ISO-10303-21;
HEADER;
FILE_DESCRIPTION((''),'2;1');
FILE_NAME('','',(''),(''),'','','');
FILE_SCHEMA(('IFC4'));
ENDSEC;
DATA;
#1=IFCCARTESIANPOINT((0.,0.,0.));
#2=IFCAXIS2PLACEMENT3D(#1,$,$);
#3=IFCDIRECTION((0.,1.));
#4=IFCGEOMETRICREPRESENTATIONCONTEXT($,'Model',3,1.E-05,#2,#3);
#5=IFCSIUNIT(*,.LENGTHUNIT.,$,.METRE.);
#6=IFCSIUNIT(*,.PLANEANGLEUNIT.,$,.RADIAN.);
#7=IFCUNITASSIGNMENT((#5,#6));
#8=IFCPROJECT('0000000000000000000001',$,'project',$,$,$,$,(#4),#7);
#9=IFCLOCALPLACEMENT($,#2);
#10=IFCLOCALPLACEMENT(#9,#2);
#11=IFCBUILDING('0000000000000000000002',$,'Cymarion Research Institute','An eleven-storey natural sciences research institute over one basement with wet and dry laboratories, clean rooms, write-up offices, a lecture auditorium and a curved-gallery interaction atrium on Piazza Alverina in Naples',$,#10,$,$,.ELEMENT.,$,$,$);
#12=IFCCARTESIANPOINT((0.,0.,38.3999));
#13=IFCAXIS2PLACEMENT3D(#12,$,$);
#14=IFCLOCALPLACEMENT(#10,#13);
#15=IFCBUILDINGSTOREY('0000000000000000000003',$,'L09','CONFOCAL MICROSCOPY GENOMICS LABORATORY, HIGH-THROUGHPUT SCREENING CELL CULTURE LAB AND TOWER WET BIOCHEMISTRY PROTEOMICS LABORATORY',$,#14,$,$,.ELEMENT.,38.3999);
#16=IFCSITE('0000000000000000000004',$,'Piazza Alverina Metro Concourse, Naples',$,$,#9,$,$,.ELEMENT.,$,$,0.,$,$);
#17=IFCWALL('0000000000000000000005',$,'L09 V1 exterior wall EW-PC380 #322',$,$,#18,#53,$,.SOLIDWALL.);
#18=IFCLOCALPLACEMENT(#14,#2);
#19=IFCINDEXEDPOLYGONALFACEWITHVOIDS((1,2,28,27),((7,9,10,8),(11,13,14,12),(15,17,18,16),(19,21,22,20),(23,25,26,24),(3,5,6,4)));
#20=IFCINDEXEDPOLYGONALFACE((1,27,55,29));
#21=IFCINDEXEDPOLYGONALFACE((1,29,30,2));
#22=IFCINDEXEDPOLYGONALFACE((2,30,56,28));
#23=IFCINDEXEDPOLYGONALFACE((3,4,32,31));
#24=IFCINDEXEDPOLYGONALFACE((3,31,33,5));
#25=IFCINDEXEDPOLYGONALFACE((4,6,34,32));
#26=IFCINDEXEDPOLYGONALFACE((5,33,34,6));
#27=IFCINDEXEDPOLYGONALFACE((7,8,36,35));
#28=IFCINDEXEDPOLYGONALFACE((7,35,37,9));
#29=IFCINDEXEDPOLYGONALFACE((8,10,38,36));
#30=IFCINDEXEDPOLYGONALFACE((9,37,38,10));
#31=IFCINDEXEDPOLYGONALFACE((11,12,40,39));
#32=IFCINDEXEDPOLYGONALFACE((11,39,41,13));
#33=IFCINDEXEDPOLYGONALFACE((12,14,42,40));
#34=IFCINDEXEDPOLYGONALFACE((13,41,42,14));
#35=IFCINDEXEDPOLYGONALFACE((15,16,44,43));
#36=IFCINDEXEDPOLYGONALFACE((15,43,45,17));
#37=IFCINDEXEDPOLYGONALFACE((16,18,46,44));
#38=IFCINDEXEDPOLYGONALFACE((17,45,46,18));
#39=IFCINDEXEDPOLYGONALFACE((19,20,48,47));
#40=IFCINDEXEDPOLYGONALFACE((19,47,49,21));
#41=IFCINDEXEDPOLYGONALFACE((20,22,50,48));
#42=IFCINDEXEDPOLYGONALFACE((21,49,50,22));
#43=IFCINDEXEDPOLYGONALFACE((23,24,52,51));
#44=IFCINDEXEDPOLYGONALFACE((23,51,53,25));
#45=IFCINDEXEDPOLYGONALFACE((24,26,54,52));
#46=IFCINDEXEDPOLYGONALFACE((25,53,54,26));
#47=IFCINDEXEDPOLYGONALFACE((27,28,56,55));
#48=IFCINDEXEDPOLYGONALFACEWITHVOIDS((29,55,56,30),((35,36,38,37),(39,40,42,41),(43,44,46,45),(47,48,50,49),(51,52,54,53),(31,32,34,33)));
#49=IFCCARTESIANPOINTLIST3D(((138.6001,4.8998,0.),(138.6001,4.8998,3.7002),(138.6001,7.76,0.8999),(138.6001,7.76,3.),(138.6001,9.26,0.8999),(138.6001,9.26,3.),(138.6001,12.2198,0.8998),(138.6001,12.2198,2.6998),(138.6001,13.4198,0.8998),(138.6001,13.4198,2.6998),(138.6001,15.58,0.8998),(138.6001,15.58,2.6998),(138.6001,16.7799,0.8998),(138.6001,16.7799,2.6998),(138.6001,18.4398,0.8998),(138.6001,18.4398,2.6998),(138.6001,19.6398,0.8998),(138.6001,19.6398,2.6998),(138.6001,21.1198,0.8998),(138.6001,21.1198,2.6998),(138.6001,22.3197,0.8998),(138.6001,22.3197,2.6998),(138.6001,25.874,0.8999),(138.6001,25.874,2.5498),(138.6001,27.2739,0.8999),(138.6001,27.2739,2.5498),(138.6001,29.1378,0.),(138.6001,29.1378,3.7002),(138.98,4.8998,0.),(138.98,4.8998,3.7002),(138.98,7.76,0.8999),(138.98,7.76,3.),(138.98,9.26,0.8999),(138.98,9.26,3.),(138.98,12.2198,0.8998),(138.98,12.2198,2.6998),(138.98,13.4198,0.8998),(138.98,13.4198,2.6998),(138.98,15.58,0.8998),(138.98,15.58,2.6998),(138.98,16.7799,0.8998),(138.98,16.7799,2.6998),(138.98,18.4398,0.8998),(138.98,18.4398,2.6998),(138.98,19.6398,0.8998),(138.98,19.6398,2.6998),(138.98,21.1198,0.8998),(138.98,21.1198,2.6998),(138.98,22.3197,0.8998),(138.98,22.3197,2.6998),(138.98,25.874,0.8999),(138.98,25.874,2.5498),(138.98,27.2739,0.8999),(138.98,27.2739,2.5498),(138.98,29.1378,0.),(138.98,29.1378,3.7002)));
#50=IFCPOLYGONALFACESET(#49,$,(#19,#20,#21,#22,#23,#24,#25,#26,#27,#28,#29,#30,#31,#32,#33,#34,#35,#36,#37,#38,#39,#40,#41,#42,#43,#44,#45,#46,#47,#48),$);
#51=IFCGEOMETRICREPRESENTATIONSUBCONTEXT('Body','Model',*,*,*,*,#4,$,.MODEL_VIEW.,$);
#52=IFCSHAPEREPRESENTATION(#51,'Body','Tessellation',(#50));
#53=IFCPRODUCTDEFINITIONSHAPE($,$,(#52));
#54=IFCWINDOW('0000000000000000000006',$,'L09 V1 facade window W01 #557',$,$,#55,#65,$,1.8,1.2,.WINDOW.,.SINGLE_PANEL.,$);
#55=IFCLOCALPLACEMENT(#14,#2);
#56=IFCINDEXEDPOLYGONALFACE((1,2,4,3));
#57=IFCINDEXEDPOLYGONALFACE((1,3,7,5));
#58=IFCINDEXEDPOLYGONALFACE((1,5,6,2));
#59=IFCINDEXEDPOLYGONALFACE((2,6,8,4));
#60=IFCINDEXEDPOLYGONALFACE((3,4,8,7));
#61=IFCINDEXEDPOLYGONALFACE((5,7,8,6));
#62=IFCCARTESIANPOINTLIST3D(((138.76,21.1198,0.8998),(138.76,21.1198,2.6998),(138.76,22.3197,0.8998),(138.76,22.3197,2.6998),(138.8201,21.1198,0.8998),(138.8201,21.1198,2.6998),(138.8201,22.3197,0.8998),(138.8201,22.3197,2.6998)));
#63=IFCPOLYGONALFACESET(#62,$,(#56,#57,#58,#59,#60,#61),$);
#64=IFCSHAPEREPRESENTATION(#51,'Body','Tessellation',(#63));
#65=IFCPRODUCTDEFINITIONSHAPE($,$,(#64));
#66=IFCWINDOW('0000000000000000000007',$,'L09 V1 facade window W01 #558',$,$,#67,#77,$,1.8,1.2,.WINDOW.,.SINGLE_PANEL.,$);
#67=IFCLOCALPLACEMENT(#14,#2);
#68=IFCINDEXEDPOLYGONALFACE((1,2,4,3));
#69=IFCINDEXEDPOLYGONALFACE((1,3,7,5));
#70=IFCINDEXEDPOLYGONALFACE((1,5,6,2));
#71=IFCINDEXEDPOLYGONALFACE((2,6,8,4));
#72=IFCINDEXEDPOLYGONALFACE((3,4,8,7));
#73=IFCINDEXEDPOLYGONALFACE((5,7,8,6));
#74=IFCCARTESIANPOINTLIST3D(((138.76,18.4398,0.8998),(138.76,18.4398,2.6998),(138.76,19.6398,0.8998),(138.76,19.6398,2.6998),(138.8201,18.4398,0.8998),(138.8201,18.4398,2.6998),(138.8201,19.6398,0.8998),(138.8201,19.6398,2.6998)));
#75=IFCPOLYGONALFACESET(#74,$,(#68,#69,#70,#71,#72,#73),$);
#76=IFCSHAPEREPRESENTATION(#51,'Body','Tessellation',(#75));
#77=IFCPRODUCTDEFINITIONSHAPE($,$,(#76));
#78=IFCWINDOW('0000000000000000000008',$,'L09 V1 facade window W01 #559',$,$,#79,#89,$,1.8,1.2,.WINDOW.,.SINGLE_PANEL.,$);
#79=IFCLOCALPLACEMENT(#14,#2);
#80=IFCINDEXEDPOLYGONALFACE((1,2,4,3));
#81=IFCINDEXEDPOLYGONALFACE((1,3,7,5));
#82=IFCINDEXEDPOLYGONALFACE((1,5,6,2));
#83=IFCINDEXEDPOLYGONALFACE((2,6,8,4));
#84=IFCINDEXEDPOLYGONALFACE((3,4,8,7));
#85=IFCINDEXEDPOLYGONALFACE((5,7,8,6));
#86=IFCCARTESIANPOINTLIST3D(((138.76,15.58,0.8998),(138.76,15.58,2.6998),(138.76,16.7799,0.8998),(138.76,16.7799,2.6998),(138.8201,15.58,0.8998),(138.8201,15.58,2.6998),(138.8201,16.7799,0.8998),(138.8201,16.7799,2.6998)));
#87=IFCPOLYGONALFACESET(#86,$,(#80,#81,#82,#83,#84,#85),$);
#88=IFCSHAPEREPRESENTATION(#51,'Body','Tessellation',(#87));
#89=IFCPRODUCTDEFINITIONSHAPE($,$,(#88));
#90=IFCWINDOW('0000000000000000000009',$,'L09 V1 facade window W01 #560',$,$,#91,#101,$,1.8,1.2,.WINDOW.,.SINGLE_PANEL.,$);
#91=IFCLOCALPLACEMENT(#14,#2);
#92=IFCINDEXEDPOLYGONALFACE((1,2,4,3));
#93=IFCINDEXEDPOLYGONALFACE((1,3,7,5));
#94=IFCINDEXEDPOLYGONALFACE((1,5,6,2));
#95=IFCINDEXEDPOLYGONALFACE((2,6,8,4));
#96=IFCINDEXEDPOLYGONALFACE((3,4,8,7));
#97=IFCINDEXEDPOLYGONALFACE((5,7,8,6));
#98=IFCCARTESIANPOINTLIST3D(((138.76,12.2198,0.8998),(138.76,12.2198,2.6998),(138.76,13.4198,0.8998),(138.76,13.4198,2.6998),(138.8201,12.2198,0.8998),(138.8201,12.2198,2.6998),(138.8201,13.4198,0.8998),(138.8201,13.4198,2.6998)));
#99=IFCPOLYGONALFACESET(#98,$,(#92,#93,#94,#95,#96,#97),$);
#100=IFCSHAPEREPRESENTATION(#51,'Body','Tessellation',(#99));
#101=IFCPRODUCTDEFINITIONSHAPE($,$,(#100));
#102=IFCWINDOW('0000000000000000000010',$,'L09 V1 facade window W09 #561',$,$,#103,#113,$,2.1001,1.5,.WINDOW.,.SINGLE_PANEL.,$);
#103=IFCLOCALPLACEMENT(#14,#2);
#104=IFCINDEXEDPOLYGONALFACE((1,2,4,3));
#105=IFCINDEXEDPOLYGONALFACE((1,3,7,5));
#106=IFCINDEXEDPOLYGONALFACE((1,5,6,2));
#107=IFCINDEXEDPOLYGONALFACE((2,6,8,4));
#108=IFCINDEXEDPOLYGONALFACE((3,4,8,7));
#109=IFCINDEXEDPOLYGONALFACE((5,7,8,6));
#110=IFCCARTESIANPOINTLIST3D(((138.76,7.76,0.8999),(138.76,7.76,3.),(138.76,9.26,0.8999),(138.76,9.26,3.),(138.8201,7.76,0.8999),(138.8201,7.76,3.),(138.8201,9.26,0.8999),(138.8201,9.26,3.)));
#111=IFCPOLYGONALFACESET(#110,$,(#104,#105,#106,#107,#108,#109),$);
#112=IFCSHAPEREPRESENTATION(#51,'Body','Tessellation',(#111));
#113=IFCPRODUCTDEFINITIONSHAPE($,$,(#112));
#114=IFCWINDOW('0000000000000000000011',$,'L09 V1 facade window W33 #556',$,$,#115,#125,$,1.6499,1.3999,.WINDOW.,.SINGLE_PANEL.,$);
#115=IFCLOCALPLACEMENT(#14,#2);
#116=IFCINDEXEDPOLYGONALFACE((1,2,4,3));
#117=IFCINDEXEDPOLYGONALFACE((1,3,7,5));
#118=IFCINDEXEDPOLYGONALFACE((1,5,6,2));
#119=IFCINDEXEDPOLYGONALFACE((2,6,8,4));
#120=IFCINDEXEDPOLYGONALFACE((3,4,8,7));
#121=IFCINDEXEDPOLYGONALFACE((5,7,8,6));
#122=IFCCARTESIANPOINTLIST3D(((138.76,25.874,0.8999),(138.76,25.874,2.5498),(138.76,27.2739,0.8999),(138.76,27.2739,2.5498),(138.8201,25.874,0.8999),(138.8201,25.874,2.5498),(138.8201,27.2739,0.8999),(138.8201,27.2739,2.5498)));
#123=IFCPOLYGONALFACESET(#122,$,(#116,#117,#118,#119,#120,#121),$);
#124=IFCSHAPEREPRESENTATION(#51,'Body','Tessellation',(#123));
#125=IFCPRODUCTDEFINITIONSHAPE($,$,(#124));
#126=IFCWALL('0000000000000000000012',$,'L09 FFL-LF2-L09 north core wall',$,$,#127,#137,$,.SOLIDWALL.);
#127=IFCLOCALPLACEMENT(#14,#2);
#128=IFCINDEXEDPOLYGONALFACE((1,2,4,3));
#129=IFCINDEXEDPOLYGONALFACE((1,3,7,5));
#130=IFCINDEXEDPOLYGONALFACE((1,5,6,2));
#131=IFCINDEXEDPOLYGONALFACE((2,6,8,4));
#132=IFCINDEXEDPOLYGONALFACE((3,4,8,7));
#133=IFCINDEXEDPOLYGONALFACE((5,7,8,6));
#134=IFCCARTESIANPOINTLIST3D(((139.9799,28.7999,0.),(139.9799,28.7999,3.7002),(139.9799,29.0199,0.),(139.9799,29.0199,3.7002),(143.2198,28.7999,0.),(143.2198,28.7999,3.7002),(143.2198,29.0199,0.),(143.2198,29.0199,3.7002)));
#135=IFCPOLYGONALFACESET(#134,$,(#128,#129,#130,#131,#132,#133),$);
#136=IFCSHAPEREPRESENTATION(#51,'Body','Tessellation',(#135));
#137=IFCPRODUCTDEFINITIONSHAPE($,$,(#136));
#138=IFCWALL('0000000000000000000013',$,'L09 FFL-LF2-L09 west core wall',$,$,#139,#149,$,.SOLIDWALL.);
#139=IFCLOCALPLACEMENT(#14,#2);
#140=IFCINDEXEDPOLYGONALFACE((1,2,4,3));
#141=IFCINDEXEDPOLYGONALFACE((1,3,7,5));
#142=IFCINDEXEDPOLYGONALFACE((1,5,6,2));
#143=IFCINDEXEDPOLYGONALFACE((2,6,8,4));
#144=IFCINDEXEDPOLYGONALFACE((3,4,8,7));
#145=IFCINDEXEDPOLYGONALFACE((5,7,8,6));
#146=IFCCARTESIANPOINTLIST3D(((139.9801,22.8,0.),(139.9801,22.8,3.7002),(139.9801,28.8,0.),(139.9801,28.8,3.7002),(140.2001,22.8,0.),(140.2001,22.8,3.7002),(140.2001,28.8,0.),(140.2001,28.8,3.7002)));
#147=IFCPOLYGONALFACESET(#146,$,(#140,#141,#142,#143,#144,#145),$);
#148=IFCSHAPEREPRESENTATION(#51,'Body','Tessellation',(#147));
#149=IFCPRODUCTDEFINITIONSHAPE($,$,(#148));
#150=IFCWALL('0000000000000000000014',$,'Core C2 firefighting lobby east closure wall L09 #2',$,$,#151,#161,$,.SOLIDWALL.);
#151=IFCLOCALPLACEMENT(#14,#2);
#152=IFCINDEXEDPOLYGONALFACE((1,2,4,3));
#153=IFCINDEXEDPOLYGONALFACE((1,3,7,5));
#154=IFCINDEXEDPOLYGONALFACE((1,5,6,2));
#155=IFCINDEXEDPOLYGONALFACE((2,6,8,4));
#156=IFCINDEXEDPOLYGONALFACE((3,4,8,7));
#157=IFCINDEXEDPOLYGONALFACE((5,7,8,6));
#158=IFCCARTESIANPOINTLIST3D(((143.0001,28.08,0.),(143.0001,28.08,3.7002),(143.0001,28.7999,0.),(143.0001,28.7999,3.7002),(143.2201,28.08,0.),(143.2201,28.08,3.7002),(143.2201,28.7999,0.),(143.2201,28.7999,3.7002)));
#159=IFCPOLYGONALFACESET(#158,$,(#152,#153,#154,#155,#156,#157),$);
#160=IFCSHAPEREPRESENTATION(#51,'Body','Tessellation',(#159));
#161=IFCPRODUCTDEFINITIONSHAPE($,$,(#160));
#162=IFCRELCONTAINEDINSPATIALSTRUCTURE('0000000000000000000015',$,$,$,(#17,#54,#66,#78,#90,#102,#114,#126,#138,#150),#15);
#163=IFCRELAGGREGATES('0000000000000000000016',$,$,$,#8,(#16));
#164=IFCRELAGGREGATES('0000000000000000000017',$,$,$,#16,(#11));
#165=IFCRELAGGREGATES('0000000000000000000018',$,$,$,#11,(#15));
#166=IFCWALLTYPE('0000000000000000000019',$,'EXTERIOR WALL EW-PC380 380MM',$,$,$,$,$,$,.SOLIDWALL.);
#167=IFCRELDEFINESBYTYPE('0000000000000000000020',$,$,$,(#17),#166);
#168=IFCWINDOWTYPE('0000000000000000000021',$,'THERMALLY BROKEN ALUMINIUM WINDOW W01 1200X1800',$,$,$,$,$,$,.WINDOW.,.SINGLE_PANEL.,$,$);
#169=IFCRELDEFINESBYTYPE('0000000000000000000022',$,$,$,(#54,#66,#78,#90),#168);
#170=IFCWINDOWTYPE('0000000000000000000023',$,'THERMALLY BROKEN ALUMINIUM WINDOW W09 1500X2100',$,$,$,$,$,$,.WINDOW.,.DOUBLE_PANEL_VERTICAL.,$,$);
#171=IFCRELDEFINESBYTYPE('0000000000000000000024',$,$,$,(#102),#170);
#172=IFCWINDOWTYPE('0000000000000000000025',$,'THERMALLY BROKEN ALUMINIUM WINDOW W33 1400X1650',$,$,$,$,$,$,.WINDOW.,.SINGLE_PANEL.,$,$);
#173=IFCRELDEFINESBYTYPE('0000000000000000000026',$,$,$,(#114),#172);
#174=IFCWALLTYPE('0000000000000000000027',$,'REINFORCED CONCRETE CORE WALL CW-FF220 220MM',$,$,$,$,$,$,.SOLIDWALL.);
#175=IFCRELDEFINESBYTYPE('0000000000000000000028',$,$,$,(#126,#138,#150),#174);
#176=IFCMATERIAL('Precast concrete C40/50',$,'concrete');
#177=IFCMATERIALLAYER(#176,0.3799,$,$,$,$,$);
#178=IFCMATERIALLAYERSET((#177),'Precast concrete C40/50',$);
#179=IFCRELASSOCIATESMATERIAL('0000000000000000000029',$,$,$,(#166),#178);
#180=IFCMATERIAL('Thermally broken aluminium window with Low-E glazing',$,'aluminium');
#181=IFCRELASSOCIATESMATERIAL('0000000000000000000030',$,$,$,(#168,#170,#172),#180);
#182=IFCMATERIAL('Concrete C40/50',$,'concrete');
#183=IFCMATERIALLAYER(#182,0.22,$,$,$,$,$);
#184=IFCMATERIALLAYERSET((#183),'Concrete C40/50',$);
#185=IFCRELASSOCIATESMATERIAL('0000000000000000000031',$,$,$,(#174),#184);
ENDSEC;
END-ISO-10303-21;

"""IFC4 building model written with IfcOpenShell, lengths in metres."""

from ifc_helpers import new_model, si_unit, direction, frame, frame_2d, origin, place, context, subcontext, project, spatial, rectangle, extrude, material, layer, layer_set, type_object, element, fill, save


model = new_model("IFC4")

# Units and contexts
model_context = context("Model", 3, precision=1e-05, world=origin(), true_north=direction((0.0, 1.0)))
body_context = subcontext(model_context, "Body", "Model", "MODEL_VIEW")
ifc_project = project(units=[si_unit("LENGTHUNIT", "METRE"), si_unit("PLANEANGLEUNIT", "RADIAN")], contexts=[model_context])

# Site, building, storey
site_placement = place(None, origin())
site = spatial("IfcSite", under=ifc_project, at=site_placement, Name="Piazza Alverina Metro Concourse, Naples", CompositionType="ELEMENT", RefElevation=0.0)
building_placement = place(site_placement, origin())
building = spatial("IfcBuilding", under=site, at=building_placement, Name="Cymarion Research Institute", Description="An eleven-storey natural sciences research institute over one basement with wet and dry laboratories, clean rooms, write-up offices, a lecture auditorium and a curved-gallery interaction atrium on Piazza Alverina in Naples", CompositionType="ELEMENT")
storey_placement = place(building_placement, frame((0.0, 0.0, 38.3999)))
storey = spatial("IfcBuildingStorey", under=building, at=storey_placement, Name="L09", Description="CONFOCAL MICROSCOPY GENOMICS LABORATORY, HIGH-THROUGHPUT SCREENING CELL CULTURE LAB AND TOWER WET BIOCHEMISTRY PROTEOMICS LABORATORY", CompositionType="ELEMENT", Elevation=38.3999)

# Wall, openings, windows
ifc_material_1 = material(Name="Precast concrete C40/50", Category="concrete")
ifc_layer_1 = layer(ifc_material_1, 0.3799)
ifc_layer_set_1 = layer_set([ifc_layer_1], Name="Precast concrete C40/50")
wall_type_1 = type_object("IfcWallType", Name="EXTERIOR WALL EW-PC380 380MM", PredefinedType="SOLIDWALL", material=ifc_layer_set_1)
wall_1_placement = place(storey_placement, frame((138.79, 29.1379, 0.0), z_axis=(0.0, 0.0, 1.0), x_axis=(0.0, -1.0, 0.0)))
wall_1 = element("IfcWall", 1, at=wall_1_placement, inside=storey, type_object=wall_type_1, Name="L09 V1 exterior wall EW-PC380 #322", PredefinedType="SOLIDWALL", context=body_context, shape_type="SweptSolid", body=[
    extrude(rectangle(XDim=24.238, YDim=0.3799, at=frame_2d((12.1191, 0.0))), origin(), (0.0, 0.0, 1.0), 3.7002),
])
opening_1_placement = place(wall_1_placement, frame((1.864, 0.0, 0.8999)))
opening_1 = element("IfcOpeningElement", 2, at=opening_1_placement, cuts=wall_1, PredefinedType="OPENING", context=body_context, shape_type="SweptSolid", body=[
    extrude(rectangle(XDim=1.3999, YDim=1.6499, at=frame_2d((0.7, 0.825))), frame((0.0, 0.2, 0.0), z_axis=(0.0, -1.0, 0.0), x_axis=(1.0, 0.0, 0.0)), (0.0, 0.0, 1.0), 0.3999),
])
opening_2_placement = place(wall_1_placement, frame((6.8181, 0.0, 0.8999)))
opening_2 = element("IfcOpeningElement", 3, at=opening_2_placement, cuts=wall_1, PredefinedType="OPENING", context=body_context, shape_type="SweptSolid", body=[
    extrude(rectangle(XDim=1.2, YDim=1.8, at=frame_2d((0.6001, 0.8999))), frame((0.0, 0.2, 0.0), z_axis=(0.0, -1.0, 0.0), x_axis=(1.0, 0.0, 0.0)), (0.0, 0.0, 1.0), 0.3999),
])
opening_3_placement = place(wall_1_placement, frame((9.498, 0.0, 0.8999)))
opening_3 = element("IfcOpeningElement", 4, at=opening_3_placement, cuts=wall_1, PredefinedType="OPENING", context=body_context, shape_type="SweptSolid", body=[
    extrude(rectangle(XDim=1.2, YDim=1.8, at=frame_2d((0.6001, 0.8999))), frame((0.0, 0.2, 0.0), z_axis=(0.0, -1.0, 0.0), x_axis=(1.0, 0.0, 0.0)), (0.0, 0.0, 1.0), 0.3999),
])
opening_4_placement = place(wall_1_placement, frame((12.3579, 0.0, 0.8999)))
opening_4 = element("IfcOpeningElement", 5, at=opening_4_placement, cuts=wall_1, PredefinedType="OPENING", context=body_context, shape_type="SweptSolid", body=[
    extrude(rectangle(XDim=1.2, YDim=1.8, at=frame_2d((0.6001, 0.8999))), frame((0.0, 0.2, 0.0), z_axis=(0.0, -1.0, 0.0), x_axis=(1.0, 0.0, 0.0)), (0.0, 0.0, 1.0), 0.3999),
])
opening_5_placement = place(wall_1_placement, frame((15.718, 0.0, 0.8999)))
opening_5 = element("IfcOpeningElement", 6, at=opening_5_placement, cuts=wall_1, PredefinedType="OPENING", context=body_context, shape_type="SweptSolid", body=[
    extrude(rectangle(XDim=1.2, YDim=1.8, at=frame_2d((0.6001, 0.8999))), frame((0.0, 0.2, 0.0), z_axis=(0.0, -1.0, 0.0), x_axis=(1.0, 0.0, 0.0)), (0.0, 0.0, 1.0), 0.3999),
])
opening_6_placement = place(wall_1_placement, frame((19.8779, 0.0, 0.8999)))
opening_6 = element("IfcOpeningElement", 7, at=opening_6_placement, cuts=wall_1, PredefinedType="OPENING", context=body_context, shape_type="SweptSolid", body=[
    extrude(rectangle(XDim=1.5, YDim=2.1001, at=frame_2d((0.75, 1.05))), frame((0.0, 0.2, 0.0), z_axis=(0.0, -1.0, 0.0), x_axis=(1.0, 0.0, 0.0)), (0.0, 0.0, 1.0), 0.3999),
])
ifc_material_2 = material(Name="Thermally broken aluminium window with Low-E glazing", Category="aluminium")
window_type_1 = type_object("IfcWindowType", Name="THERMALLY BROKEN ALUMINIUM WINDOW W01 1200X1800", PartitioningType="SINGLE_PANEL", PredefinedType="WINDOW", material=ifc_material_2)
window_1_placement = place(opening_2_placement, origin())
window_1 = element("IfcWindow", 8, at=window_1_placement, inside=storey, type_object=window_type_1, Name="L09 V1 facade window W01 #557", OverallHeight=1.8, OverallWidth=1.2, PartitioningType="SINGLE_PANEL", PredefinedType="WINDOW", context=body_context, shape_type="SweptSolid", body=[
    extrude(rectangle(XDim=1.2, YDim=1.8, at=frame_2d((0.6001, 0.8999))), frame((0.0, 0.03, 0.0), z_axis=(0.0, -1.0, 0.0), x_axis=(1.0, 0.0, 0.0)), (0.0, 0.0, 1.0), 0.0601),
])
fill(opening_2, window_1)
window_2_placement = place(opening_3_placement, origin())
window_2 = element("IfcWindow", 9, at=window_2_placement, inside=storey, type_object=window_type_1, Name="L09 V1 facade window W01 #558", OverallHeight=1.8, OverallWidth=1.2, PartitioningType="SINGLE_PANEL", PredefinedType="WINDOW", context=body_context, shape_type="SweptSolid", body=[
    extrude(rectangle(XDim=1.2, YDim=1.8, at=frame_2d((0.6001, 0.8999))), frame((0.0, 0.03, 0.0), z_axis=(0.0, -1.0, 0.0), x_axis=(1.0, 0.0, 0.0)), (0.0, 0.0, 1.0), 0.0601),
])
fill(opening_3, window_2)
window_3_placement = place(opening_4_placement, origin())
window_3 = element("IfcWindow", 10, at=window_3_placement, inside=storey, type_object=window_type_1, Name="L09 V1 facade window W01 #559", OverallHeight=1.8, OverallWidth=1.2, PartitioningType="SINGLE_PANEL", PredefinedType="WINDOW", context=body_context, shape_type="SweptSolid", body=[
    extrude(rectangle(XDim=1.2, YDim=1.8, at=frame_2d((0.6001, 0.8999))), frame((0.0, 0.03, 0.0), z_axis=(0.0, -1.0, 0.0), x_axis=(1.0, 0.0, 0.0)), (0.0, 0.0, 1.0), 0.0601),
])
fill(opening_4, window_3)
window_4_placement = place(opening_5_placement, origin())
window_4 = element("IfcWindow", 11, at=window_4_placement, inside=storey, type_object=window_type_1, Name="L09 V1 facade window W01 #560", OverallHeight=1.8, OverallWidth=1.2, PartitioningType="SINGLE_PANEL", PredefinedType="WINDOW", context=body_context, shape_type="SweptSolid", body=[
    extrude(rectangle(XDim=1.2, YDim=1.8, at=frame_2d((0.6001, 0.8999))), frame((0.0, 0.03, 0.0), z_axis=(0.0, -1.0, 0.0), x_axis=(1.0, 0.0, 0.0)), (0.0, 0.0, 1.0), 0.0601),
])
fill(opening_5, window_4)
window_type_2 = type_object("IfcWindowType", Name="THERMALLY BROKEN ALUMINIUM WINDOW W09 1500X2100", PartitioningType="DOUBLE_PANEL_VERTICAL", PredefinedType="WINDOW", material=ifc_material_2)
window_5_placement = place(opening_6_placement, origin())
window_5 = element("IfcWindow", 12, at=window_5_placement, inside=storey, type_object=window_type_2, Name="L09 V1 facade window W09 #561", OverallHeight=2.1001, OverallWidth=1.5, PartitioningType="SINGLE_PANEL", PredefinedType="WINDOW", context=body_context, shape_type="SweptSolid", body=[
    extrude(rectangle(XDim=1.5, YDim=2.1001, at=frame_2d((0.75, 1.05))), frame((0.0, 0.03, 0.0), z_axis=(0.0, -1.0, 0.0), x_axis=(1.0, 0.0, 0.0)), (0.0, 0.0, 1.0), 0.0601),
])
fill(opening_6, window_5)
window_type_3 = type_object("IfcWindowType", Name="THERMALLY BROKEN ALUMINIUM WINDOW W33 1400X1650", PartitioningType="SINGLE_PANEL", PredefinedType="WINDOW", material=ifc_material_2)
window_6_placement = place(opening_1_placement, origin())
window_6 = element("IfcWindow", 13, at=window_6_placement, inside=storey, type_object=window_type_3, Name="L09 V1 facade window W33 #556", OverallHeight=1.6499, OverallWidth=1.3999, PartitioningType="SINGLE_PANEL", PredefinedType="WINDOW", context=body_context, shape_type="SweptSolid", body=[
    extrude(rectangle(XDim=1.3999, YDim=1.6499, at=frame_2d((0.7, 0.825))), frame((0.0, 0.03, 0.0), z_axis=(0.0, -1.0, 0.0), x_axis=(1.0, 0.0, 0.0)), (0.0, 0.0, 1.0), 0.0601),
])
fill(opening_1, window_6)

# Walls
ifc_material_3 = material(Name="Concrete C40/50", Category="concrete")
ifc_layer_2 = layer(ifc_material_3, 0.22)
ifc_layer_set_2 = layer_set([ifc_layer_2], Name="Concrete C40/50")
wall_type_2 = type_object("IfcWallType", Name="REINFORCED CONCRETE CORE WALL CW-FF220 220MM", PredefinedType="SOLIDWALL", material=ifc_layer_set_2)
wall_2_placement = place(storey_placement, frame((143.22, 28.9099, 0.0), z_axis=(0.0, 0.0, 1.0), x_axis=(-1.0, 0.0, 0.0)))
element("IfcWall", 14, at=wall_2_placement, inside=storey, type_object=wall_type_2, Name="L09 FFL-LF2-L09 north core wall", PredefinedType="SOLIDWALL", context=body_context, shape_type="SweptSolid", body=[
    extrude(rectangle(XDim=3.24, YDim=0.22, at=frame_2d((1.6201, 0.0))), origin(), (0.0, 0.0, 1.0), 3.7002),
])
wall_3_placement = place(storey_placement, frame((140.0901, 28.8, 0.0), z_axis=(0.0, 0.0, 1.0), x_axis=(0.0, -1.0, 0.0)))
element("IfcWall", 15, at=wall_3_placement, inside=storey, type_object=wall_type_2, Name="L09 FFL-LF2-L09 west core wall", PredefinedType="SOLIDWALL", context=body_context, shape_type="SweptSolid", body=[
    extrude(rectangle(XDim=6.0, YDim=0.22, at=frame_2d((3.0, 0.0))), origin(), (0.0, 0.0, 1.0), 3.7002),
])
wall_4_placement = place(storey_placement, frame((143.1101, 28.0801, 0.0), z_axis=(0.0, 0.0, 1.0), x_axis=(0.0, 1.0, 0.0)))
element("IfcWall", 16, at=wall_4_placement, inside=storey, type_object=wall_type_2, Name="Core C2 firefighting lobby east closure wall L09 #2", PredefinedType="SOLIDWALL", context=body_context, shape_type="SweptSolid", body=[
    extrude(rectangle(XDim=0.72, YDim=0.22, at=frame_2d((0.3599, 0.0))), origin(), (0.0, 0.0, 1.0), 3.7002),
])

save(model, "model.ifc")
